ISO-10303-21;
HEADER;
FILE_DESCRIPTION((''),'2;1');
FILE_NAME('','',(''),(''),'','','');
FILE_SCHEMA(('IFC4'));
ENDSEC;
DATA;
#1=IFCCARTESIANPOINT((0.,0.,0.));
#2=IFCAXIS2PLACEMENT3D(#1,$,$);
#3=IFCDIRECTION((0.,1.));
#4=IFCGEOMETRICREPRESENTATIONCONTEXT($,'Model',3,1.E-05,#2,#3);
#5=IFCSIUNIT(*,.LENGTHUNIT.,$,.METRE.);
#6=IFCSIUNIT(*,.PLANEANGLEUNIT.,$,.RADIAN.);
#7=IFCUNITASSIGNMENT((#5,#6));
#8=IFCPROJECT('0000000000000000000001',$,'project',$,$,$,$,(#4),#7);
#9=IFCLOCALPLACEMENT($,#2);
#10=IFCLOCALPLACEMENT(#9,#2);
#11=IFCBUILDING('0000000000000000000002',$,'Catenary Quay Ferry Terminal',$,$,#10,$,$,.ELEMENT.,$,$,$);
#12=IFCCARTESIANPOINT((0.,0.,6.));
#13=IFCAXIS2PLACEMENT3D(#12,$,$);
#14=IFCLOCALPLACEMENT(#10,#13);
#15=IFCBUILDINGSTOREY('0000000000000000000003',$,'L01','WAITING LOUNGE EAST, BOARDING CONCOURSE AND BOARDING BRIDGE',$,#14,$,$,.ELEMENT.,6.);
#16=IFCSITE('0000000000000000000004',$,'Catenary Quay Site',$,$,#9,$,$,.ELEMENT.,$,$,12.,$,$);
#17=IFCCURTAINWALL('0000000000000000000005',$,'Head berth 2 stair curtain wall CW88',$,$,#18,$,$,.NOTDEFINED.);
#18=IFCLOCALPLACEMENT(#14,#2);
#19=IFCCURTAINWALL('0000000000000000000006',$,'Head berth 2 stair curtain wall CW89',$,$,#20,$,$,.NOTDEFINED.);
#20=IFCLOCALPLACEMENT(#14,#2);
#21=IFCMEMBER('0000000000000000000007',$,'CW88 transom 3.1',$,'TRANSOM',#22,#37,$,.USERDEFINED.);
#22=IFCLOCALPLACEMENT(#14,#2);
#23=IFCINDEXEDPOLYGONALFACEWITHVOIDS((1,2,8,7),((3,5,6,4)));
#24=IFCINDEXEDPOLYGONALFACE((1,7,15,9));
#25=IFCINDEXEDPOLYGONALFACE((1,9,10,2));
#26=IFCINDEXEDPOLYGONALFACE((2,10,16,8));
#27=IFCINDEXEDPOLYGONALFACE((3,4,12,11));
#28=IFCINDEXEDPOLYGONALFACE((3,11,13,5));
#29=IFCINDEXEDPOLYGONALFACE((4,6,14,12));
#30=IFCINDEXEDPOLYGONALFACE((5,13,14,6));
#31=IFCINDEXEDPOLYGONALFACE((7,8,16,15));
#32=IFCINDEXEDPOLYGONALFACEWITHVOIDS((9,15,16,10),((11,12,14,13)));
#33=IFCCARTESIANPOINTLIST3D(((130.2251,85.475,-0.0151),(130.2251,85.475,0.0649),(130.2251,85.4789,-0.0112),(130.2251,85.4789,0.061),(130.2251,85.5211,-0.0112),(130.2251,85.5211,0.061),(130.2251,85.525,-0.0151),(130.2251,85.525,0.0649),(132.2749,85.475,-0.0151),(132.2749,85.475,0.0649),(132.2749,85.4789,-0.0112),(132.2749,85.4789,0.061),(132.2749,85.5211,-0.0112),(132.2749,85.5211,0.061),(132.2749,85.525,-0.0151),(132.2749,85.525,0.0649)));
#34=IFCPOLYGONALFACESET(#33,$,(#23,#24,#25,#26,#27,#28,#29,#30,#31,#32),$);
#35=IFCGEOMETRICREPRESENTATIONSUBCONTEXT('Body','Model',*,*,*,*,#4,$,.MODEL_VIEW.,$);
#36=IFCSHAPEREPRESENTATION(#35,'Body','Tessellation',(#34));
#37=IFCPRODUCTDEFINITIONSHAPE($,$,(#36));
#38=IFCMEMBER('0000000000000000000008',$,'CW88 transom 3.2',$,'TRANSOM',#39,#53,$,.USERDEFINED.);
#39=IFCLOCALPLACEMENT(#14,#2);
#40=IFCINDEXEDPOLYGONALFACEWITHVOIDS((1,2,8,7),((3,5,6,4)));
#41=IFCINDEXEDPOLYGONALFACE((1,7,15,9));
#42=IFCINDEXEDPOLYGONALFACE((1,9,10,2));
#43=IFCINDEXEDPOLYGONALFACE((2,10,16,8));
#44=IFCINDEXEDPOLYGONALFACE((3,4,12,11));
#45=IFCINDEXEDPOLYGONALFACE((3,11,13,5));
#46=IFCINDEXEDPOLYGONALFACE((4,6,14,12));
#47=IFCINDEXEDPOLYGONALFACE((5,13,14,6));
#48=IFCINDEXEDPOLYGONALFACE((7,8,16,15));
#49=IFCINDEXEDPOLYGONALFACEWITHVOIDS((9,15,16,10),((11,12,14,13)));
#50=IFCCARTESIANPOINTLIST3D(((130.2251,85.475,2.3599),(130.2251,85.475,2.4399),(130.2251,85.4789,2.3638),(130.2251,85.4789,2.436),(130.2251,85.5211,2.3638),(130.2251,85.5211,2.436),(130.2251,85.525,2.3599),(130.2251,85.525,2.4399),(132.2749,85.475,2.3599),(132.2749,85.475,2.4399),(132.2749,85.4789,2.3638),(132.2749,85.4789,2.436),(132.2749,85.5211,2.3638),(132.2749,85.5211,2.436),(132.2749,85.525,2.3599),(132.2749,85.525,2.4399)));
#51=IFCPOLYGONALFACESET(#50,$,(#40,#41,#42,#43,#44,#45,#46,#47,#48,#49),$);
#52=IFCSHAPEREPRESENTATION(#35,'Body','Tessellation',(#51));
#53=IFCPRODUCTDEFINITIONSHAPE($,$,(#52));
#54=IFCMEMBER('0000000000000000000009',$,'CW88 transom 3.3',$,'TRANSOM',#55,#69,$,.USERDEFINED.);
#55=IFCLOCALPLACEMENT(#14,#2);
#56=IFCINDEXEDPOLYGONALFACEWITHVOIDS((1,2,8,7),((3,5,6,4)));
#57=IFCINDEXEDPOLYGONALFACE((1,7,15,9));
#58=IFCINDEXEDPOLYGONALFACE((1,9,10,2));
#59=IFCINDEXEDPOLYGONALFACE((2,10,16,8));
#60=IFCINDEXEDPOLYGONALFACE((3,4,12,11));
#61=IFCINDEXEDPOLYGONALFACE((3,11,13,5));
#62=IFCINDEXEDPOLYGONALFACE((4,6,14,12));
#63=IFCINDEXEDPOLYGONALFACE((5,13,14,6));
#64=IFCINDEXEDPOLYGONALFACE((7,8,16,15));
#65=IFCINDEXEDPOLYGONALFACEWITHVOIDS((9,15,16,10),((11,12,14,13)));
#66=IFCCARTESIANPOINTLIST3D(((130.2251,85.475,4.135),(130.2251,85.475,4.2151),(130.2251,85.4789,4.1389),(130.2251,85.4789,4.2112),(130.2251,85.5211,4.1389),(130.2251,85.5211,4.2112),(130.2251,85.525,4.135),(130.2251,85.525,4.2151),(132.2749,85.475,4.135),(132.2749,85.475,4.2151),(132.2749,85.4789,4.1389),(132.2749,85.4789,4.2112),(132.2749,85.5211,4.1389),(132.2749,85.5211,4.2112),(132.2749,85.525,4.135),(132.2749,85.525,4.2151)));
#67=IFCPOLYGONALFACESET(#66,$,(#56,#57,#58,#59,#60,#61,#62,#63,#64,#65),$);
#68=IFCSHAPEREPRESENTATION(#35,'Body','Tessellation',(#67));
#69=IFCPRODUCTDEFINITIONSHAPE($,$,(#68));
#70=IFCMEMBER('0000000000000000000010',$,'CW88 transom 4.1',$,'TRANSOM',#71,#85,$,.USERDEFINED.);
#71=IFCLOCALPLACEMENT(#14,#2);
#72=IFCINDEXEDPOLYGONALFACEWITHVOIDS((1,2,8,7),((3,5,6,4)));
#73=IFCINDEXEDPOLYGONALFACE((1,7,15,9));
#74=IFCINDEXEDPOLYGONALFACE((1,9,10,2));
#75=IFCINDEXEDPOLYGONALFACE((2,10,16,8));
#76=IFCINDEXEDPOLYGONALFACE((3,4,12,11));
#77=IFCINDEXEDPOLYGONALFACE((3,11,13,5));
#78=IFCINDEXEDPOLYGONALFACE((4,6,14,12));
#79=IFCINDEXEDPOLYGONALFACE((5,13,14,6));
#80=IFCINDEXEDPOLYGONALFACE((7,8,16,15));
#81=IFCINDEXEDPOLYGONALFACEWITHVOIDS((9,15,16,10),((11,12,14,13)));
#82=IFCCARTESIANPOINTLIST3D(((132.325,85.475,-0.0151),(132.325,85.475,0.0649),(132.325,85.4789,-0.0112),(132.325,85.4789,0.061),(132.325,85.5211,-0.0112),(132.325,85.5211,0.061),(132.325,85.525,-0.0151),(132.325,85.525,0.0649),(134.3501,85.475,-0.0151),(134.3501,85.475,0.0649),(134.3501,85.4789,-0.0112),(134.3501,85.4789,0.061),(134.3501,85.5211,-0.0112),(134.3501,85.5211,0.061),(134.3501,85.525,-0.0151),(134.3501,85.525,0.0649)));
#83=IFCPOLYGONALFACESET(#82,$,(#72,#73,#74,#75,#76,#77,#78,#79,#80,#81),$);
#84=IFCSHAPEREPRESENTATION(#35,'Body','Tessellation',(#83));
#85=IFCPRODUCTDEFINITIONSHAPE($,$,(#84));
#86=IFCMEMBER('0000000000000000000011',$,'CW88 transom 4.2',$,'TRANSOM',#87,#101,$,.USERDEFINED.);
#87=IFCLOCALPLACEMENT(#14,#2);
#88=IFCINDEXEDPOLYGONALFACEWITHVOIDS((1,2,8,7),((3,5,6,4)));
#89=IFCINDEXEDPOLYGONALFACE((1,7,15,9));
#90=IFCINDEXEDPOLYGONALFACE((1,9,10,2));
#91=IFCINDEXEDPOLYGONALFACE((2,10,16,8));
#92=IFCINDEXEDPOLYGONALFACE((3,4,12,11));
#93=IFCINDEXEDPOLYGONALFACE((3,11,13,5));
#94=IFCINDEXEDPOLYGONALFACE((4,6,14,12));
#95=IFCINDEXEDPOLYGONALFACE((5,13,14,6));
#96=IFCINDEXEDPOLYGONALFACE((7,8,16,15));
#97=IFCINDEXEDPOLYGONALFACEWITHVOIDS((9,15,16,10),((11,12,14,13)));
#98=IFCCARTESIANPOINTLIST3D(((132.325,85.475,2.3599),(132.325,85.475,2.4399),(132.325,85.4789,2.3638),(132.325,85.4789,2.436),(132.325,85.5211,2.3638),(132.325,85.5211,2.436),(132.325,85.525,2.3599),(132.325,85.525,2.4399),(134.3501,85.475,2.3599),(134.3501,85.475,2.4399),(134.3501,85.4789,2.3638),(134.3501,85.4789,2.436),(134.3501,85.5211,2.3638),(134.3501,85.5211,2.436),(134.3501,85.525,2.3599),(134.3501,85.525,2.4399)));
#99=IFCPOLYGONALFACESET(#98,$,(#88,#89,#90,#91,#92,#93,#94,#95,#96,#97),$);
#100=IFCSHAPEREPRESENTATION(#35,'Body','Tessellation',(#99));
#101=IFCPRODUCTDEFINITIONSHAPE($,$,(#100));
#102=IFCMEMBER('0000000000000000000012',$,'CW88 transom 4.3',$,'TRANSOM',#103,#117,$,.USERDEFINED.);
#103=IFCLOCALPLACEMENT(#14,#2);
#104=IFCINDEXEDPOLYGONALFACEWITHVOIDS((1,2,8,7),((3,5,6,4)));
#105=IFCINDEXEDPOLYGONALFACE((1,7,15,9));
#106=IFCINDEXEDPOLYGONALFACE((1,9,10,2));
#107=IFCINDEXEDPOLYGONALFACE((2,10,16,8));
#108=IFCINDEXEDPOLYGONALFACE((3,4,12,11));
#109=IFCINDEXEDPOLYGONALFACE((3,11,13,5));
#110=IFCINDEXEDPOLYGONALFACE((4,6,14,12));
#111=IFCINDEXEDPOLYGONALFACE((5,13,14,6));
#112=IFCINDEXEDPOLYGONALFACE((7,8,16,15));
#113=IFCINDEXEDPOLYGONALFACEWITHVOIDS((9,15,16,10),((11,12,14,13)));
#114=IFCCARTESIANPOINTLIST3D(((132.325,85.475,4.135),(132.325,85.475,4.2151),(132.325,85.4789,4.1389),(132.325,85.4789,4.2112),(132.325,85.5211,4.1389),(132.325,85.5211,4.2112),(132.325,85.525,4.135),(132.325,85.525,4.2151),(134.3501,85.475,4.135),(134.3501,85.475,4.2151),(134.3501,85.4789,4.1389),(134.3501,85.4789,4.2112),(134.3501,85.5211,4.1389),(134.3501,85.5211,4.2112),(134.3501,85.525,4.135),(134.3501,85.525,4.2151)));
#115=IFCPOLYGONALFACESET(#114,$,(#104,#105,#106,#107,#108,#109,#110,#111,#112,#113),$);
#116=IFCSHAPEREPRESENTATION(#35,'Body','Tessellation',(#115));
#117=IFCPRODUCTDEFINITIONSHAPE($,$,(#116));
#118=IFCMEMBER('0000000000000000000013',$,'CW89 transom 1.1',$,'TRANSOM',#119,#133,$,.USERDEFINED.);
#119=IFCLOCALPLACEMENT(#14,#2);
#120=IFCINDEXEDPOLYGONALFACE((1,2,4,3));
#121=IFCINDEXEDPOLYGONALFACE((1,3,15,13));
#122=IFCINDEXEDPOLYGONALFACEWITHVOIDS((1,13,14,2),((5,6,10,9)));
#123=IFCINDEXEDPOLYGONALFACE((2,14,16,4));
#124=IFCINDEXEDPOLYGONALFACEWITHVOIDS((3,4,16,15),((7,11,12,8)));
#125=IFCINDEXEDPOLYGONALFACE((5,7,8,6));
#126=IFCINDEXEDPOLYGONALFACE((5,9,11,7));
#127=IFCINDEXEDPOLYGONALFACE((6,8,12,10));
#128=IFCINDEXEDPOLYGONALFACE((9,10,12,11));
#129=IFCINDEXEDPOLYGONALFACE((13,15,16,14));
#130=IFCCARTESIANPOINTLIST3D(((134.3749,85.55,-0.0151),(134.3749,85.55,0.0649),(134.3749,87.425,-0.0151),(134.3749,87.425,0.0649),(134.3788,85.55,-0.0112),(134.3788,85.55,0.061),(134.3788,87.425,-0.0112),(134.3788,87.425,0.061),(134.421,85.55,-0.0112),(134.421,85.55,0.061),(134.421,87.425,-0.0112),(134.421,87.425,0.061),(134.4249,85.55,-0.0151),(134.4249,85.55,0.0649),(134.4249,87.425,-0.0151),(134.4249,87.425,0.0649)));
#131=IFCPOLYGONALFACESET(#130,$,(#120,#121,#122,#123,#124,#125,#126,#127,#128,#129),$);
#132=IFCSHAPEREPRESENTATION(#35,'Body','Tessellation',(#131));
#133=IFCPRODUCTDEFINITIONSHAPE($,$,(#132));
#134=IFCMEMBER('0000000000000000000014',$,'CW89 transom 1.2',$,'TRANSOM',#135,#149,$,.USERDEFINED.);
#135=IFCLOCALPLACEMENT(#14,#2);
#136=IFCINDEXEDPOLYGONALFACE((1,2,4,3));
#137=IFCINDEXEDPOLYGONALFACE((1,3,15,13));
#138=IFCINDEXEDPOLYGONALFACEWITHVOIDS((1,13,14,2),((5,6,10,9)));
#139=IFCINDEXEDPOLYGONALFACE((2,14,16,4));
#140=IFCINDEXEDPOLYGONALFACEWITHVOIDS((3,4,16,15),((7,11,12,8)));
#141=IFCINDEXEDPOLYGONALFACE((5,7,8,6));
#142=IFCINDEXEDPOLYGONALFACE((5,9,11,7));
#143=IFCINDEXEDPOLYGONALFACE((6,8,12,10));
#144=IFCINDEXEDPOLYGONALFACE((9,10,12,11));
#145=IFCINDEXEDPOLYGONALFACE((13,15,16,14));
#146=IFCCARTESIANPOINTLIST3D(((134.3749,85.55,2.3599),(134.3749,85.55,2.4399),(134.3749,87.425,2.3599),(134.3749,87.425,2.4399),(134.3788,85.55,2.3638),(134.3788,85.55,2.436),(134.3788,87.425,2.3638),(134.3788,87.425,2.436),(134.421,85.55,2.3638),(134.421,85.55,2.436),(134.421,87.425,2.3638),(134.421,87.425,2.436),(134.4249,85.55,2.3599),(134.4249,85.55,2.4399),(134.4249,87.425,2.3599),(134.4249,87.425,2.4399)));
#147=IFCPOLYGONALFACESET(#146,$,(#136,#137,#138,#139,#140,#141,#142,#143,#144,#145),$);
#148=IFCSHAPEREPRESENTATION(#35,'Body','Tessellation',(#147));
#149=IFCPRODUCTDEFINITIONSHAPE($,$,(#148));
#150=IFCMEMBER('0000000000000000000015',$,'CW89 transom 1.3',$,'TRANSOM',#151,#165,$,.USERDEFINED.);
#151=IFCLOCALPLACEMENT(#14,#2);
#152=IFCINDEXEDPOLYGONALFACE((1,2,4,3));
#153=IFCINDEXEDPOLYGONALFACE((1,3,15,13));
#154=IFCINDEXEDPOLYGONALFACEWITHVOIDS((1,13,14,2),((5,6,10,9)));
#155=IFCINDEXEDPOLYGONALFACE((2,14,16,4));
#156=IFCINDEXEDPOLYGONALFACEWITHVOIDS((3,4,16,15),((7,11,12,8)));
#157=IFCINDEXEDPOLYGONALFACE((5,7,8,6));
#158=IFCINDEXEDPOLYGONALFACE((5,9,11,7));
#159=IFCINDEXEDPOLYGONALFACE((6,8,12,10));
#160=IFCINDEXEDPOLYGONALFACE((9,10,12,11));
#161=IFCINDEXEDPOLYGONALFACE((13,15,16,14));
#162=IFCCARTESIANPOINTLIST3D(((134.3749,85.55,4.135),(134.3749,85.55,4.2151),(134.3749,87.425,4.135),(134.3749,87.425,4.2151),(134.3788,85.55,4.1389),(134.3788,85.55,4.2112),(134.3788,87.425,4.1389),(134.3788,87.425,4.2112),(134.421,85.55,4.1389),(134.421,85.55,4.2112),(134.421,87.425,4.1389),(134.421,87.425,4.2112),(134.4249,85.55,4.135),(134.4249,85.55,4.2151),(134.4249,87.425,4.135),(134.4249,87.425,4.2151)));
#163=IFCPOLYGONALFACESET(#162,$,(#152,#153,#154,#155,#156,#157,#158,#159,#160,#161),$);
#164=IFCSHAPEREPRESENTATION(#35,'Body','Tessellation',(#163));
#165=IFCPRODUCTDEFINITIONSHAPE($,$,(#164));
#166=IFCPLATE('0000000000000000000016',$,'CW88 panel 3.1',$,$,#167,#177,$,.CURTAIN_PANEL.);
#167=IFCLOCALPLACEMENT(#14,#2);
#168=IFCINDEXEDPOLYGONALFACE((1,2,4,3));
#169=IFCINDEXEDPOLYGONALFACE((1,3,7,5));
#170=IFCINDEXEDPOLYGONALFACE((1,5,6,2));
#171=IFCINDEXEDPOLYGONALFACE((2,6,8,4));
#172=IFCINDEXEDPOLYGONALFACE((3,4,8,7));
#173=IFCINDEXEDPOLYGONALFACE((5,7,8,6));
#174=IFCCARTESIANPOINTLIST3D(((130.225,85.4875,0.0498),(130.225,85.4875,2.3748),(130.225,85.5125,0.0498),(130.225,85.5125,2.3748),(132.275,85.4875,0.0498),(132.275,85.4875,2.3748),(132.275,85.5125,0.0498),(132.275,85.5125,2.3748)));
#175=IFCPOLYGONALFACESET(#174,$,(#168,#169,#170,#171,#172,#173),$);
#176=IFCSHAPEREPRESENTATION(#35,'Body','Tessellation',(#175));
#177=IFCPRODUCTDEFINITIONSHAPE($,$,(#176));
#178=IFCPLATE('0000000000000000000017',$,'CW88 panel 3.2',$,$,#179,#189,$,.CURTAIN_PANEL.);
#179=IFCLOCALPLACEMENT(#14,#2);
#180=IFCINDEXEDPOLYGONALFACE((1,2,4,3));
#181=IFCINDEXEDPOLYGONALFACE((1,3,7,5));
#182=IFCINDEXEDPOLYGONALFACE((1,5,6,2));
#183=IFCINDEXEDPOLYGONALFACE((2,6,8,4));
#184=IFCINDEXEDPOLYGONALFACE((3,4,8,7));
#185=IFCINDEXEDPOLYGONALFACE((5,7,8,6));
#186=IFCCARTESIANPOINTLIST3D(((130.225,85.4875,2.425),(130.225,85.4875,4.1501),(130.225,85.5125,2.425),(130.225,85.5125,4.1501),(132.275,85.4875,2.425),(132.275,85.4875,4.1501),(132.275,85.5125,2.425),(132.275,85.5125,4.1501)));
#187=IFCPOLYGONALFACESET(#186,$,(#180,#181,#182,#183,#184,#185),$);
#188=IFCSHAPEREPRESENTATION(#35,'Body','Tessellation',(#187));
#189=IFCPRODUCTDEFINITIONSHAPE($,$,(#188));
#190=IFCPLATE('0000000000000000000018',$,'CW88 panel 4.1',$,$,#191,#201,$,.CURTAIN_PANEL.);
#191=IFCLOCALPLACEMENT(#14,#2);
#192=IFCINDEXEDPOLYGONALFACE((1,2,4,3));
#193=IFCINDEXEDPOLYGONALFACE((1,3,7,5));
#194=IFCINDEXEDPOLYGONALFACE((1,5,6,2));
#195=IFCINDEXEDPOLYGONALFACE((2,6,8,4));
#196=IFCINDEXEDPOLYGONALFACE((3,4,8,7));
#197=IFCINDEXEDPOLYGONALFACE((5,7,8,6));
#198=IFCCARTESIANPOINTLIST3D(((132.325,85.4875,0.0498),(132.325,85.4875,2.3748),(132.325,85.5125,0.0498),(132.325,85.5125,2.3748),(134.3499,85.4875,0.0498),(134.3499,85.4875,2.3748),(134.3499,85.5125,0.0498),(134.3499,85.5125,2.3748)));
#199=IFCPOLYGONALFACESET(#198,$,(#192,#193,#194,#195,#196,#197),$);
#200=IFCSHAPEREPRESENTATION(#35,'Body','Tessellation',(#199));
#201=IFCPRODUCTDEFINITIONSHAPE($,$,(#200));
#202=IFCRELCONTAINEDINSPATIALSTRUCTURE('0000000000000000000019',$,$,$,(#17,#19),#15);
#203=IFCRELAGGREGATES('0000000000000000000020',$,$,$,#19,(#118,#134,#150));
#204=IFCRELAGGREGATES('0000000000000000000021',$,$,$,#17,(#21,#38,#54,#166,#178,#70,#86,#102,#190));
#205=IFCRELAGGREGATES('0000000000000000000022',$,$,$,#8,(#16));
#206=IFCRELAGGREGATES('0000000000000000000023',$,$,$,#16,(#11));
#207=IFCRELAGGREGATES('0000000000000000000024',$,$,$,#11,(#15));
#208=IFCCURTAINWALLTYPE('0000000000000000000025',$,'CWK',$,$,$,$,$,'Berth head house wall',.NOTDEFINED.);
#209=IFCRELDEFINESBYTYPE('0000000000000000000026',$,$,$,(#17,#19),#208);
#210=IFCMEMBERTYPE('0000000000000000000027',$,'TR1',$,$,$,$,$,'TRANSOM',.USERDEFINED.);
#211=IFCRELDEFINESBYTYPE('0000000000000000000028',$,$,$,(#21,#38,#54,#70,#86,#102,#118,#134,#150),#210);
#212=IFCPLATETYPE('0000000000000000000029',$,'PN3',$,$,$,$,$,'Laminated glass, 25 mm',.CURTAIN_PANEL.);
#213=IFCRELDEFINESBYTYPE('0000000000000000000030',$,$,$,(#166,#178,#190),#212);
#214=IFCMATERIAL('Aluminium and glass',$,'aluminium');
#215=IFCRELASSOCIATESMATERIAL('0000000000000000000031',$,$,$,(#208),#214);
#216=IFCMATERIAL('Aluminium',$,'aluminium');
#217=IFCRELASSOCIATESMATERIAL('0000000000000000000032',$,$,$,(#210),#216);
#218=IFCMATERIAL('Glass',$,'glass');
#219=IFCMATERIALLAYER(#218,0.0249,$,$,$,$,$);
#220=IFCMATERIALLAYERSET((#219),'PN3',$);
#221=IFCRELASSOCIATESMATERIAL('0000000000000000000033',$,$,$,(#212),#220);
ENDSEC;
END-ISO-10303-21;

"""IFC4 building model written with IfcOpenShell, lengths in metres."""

from ifc_helpers import new_model, si_unit, direction, frame, origin, origin_2d, place, context, subcontext, project, spatial, rectangle, hollow_rectangle, extrude, material, layer, layer_set, material_profile, profile_set, type_object, element, aggregate, save


model = new_model("IFC4")

# Units and contexts
model_context = context("Model", 3, precision=1e-05, world=origin(), true_north=direction((0.0, 1.0)))
body_context = subcontext(model_context, "Body", "Model", "MODEL_VIEW")
ifc_project = project(units=[si_unit("LENGTHUNIT", "METRE"), si_unit("PLANEANGLEUNIT", "RADIAN")], contexts=[model_context])

# Site, building, storey
site_placement = place(None, origin())
site = spatial("IfcSite", under=ifc_project, at=site_placement, Name="Catenary Quay Site", CompositionType="ELEMENT", RefElevation=12.0)
building_placement = place(site_placement, origin())
building = spatial("IfcBuilding", under=site, at=building_placement, Name="Catenary Quay Ferry Terminal", CompositionType="ELEMENT")
storey_placement = place(building_placement, frame((0.0, 0.0, 6.0)))
storey = spatial("IfcBuildingStorey", under=building, at=storey_placement, Name="L01", Description="WAITING LOUNGE EAST, BOARDING CONCOURSE AND BOARDING BRIDGE", CompositionType="ELEMENT", Elevation=6.0)

# Shared definitions
ifc_material_1 = material(Name="Aluminium and glass", Category="aluminium")
curtain_wall_type = type_object("IfcCurtainWallType", Name="CWK", ElementType="Berth head house wall", PredefinedType="NOTDEFINED", material=ifc_material_1)

# Curtain wall
curtain_wall_1_placement = place(storey_placement, origin())
curtain_wall_1 = element("IfcCurtainWall", 1, at=curtain_wall_1_placement, inside=storey, type_object=curtain_wall_type, Name="Head berth 2 stair curtain wall CW88", PredefinedType="NOTDEFINED")

# Curtain wall
curtain_wall_2_placement = place(storey_placement, origin())
curtain_wall_2 = element("IfcCurtainWall", 2, at=curtain_wall_2_placement, inside=storey, type_object=curtain_wall_type, Name="Head berth 2 stair curtain wall CW89", PredefinedType="NOTDEFINED")

# Members
ifc_material_2 = material(Name="Aluminium", Category="aluminium")
ifc_material_profile_1 = material_profile(ifc_material_2, hollow_rectangle(XDim=0.05, YDim=0.0801, WallThickness=0.0039, at=origin_2d()), Name="TR1")
ifc_profile_set_1 = profile_set([ifc_material_profile_1], Name="Aluminium")
member_type_1 = type_object("IfcMemberType", Name="TR1", ElementType="TRANSOM", PredefinedType="USERDEFINED", material=ifc_profile_set_1)
member_1_placement = place(storey_placement, frame((130.2251, 85.5, 0.0249), z_axis=(1.0, 0.0, 0.0), x_axis=(0.0, 1.0, 0.0)))
member_1 = element("IfcMember", 3, at=member_1_placement, type_object=member_type_1, Name="CW88 transom 3.1", ObjectType="TRANSOM", PredefinedType="USERDEFINED", context=body_context, shape_type="SweptSolid", body=[
    extrude(hollow_rectangle(XDim=0.05, YDim=0.0801, WallThickness=0.0039, at=origin_2d()), origin(), (0.0, 0.0, 1.0), 2.0498),
])
member_2_placement = place(storey_placement, frame((130.2251, 85.5, 2.3999), z_axis=(1.0, 0.0, 0.0), x_axis=(0.0, 1.0, 0.0)))
member_2 = element("IfcMember", 4, at=member_2_placement, type_object=member_type_1, Name="CW88 transom 3.2", ObjectType="TRANSOM", PredefinedType="USERDEFINED", context=body_context, shape_type="SweptSolid", body=[
    extrude(hollow_rectangle(XDim=0.05, YDim=0.0801, WallThickness=0.0039, at=origin_2d()), origin(), (0.0, 0.0, 1.0), 2.0498),
])
member_3_placement = place(storey_placement, frame((130.2251, 85.5, 4.175), z_axis=(1.0, 0.0, 0.0), x_axis=(0.0, 1.0, 0.0)))
member_3 = element("IfcMember", 5, at=member_3_placement, type_object=member_type_1, Name="CW88 transom 3.3", ObjectType="TRANSOM", PredefinedType="USERDEFINED", context=body_context, shape_type="SweptSolid", body=[
    extrude(hollow_rectangle(XDim=0.05, YDim=0.0801, WallThickness=0.0039, at=origin_2d()), origin(), (0.0, 0.0, 1.0), 2.0498),
])
member_4_placement = place(storey_placement, frame((132.325, 85.5, 0.0249), z_axis=(1.0, 0.0, 0.0), x_axis=(0.0, 1.0, 0.0)))
member_4 = element("IfcMember", 6, at=member_4_placement, type_object=member_type_1, Name="CW88 transom 4.1", ObjectType="TRANSOM", PredefinedType="USERDEFINED", context=body_context, shape_type="SweptSolid", body=[
    extrude(hollow_rectangle(XDim=0.05, YDim=0.0801, WallThickness=0.0039, at=origin_2d()), origin(), (0.0, 0.0, 1.0), 2.0251),
])
member_5_placement = place(storey_placement, frame((132.325, 85.5, 2.3999), z_axis=(1.0, 0.0, 0.0), x_axis=(0.0, 1.0, 0.0)))
member_5 = element("IfcMember", 7, at=member_5_placement, type_object=member_type_1, Name="CW88 transom 4.2", ObjectType="TRANSOM", PredefinedType="USERDEFINED", context=body_context, shape_type="SweptSolid", body=[
    extrude(hollow_rectangle(XDim=0.05, YDim=0.0801, WallThickness=0.0039, at=origin_2d()), origin(), (0.0, 0.0, 1.0), 2.0251),
])
member_6_placement = place(storey_placement, frame((132.325, 85.5, 4.175), z_axis=(1.0, 0.0, 0.0), x_axis=(0.0, 1.0, 0.0)))
member_6 = element("IfcMember", 8, at=member_6_placement, type_object=member_type_1, Name="CW88 transom 4.3", ObjectType="TRANSOM", PredefinedType="USERDEFINED", context=body_context, shape_type="SweptSolid", body=[
    extrude(hollow_rectangle(XDim=0.05, YDim=0.0801, WallThickness=0.0039, at=origin_2d()), origin(), (0.0, 0.0, 1.0), 2.0251),
])
member_7_placement = place(storey_placement, frame((134.3999, 85.55, 0.0249), z_axis=(0.0, 1.0, 0.0), x_axis=(-1.0, 0.0, 0.0)))
member_7 = element("IfcMember", 9, at=member_7_placement, type_object=member_type_1, Name="CW89 transom 1.1", ObjectType="TRANSOM", PredefinedType="USERDEFINED", context=body_context, shape_type="SweptSolid", body=[
    extrude(hollow_rectangle(XDim=0.05, YDim=0.0801, WallThickness=0.0039, at=origin_2d()), origin(), (0.0, 0.0, 1.0), 1.875),
])
member_8_placement = place(storey_placement, frame((134.3999, 85.55, 2.3999), z_axis=(0.0, 1.0, 0.0), x_axis=(-1.0, 0.0, 0.0)))
member_8 = element("IfcMember", 10, at=member_8_placement, type_object=member_type_1, Name="CW89 transom 1.2", ObjectType="TRANSOM", PredefinedType="USERDEFINED", context=body_context, shape_type="SweptSolid", body=[
    extrude(hollow_rectangle(XDim=0.05, YDim=0.0801, WallThickness=0.0039, at=origin_2d()), origin(), (0.0, 0.0, 1.0), 1.875),
])
member_9_placement = place(storey_placement, frame((134.3999, 85.55, 4.175), z_axis=(0.0, 1.0, 0.0), x_axis=(-1.0, 0.0, 0.0)))
member_9 = element("IfcMember", 11, at=member_9_placement, type_object=member_type_1, Name="CW89 transom 1.3", ObjectType="TRANSOM", PredefinedType="USERDEFINED", context=body_context, shape_type="SweptSolid", body=[
    extrude(hollow_rectangle(XDim=0.05, YDim=0.0801, WallThickness=0.0039, at=origin_2d()), origin(), (0.0, 0.0, 1.0), 1.875),
])
aggregate(curtain_wall_2, [member_7, member_8, member_9])

# Plates
ifc_material_3 = material(Name="Glass", Category="glass")
ifc_layer_1 = layer(ifc_material_3, 0.0249)
ifc_layer_set_1 = layer_set([ifc_layer_1], Name="PN3")
plate_type = type_object("IfcPlateType", Name="PN3", ElementType="Laminated glass, 25 mm", PredefinedType="CURTAIN_PANEL", material=ifc_layer_set_1)
plate_1_placement = place(storey_placement, frame((131.25, 85.5, 0.0498), z_axis=(0.0, 0.0, 1.0), x_axis=(1.0, 0.0, 0.0)))
plate_1 = element("IfcPlate", 12, at=plate_1_placement, type_object=plate_type, Name="CW88 panel 3.1", PredefinedType="CURTAIN_PANEL", context=body_context, shape_type="SweptSolid", body=[
    extrude(rectangle(XDim=2.05, YDim=0.0249, at=origin_2d()), origin(), (0.0, 0.0, 1.0), 2.325),
])
plate_2_placement = place(storey_placement, frame((131.25, 85.5, 2.425), z_axis=(0.0, 0.0, 1.0), x_axis=(1.0, 0.0, 0.0)))
plate_2 = element("IfcPlate", 13, at=plate_2_placement, type_object=plate_type, Name="CW88 panel 3.2", PredefinedType="CURTAIN_PANEL", context=body_context, shape_type="SweptSolid", body=[
    extrude(rectangle(XDim=2.05, YDim=0.0249, at=origin_2d()), origin(), (0.0, 0.0, 1.0), 1.7251),
])
plate_3_placement = place(storey_placement, frame((133.3374, 85.5, 0.0498), z_axis=(0.0, 0.0, 1.0), x_axis=(1.0, 0.0, 0.0)))
plate_3 = element("IfcPlate", 14, at=plate_3_placement, type_object=plate_type, Name="CW88 panel 4.1", PredefinedType="CURTAIN_PANEL", context=body_context, shape_type="SweptSolid", body=[
    extrude(rectangle(XDim=2.0249, YDim=0.0249, at=origin_2d()), origin(), (0.0, 0.0, 1.0), 2.325),
])
aggregate(curtain_wall_1, [member_1, member_2, member_3, plate_1, plate_2, member_4, member_5, member_6, plate_3])

save(model, "model.ifc")
